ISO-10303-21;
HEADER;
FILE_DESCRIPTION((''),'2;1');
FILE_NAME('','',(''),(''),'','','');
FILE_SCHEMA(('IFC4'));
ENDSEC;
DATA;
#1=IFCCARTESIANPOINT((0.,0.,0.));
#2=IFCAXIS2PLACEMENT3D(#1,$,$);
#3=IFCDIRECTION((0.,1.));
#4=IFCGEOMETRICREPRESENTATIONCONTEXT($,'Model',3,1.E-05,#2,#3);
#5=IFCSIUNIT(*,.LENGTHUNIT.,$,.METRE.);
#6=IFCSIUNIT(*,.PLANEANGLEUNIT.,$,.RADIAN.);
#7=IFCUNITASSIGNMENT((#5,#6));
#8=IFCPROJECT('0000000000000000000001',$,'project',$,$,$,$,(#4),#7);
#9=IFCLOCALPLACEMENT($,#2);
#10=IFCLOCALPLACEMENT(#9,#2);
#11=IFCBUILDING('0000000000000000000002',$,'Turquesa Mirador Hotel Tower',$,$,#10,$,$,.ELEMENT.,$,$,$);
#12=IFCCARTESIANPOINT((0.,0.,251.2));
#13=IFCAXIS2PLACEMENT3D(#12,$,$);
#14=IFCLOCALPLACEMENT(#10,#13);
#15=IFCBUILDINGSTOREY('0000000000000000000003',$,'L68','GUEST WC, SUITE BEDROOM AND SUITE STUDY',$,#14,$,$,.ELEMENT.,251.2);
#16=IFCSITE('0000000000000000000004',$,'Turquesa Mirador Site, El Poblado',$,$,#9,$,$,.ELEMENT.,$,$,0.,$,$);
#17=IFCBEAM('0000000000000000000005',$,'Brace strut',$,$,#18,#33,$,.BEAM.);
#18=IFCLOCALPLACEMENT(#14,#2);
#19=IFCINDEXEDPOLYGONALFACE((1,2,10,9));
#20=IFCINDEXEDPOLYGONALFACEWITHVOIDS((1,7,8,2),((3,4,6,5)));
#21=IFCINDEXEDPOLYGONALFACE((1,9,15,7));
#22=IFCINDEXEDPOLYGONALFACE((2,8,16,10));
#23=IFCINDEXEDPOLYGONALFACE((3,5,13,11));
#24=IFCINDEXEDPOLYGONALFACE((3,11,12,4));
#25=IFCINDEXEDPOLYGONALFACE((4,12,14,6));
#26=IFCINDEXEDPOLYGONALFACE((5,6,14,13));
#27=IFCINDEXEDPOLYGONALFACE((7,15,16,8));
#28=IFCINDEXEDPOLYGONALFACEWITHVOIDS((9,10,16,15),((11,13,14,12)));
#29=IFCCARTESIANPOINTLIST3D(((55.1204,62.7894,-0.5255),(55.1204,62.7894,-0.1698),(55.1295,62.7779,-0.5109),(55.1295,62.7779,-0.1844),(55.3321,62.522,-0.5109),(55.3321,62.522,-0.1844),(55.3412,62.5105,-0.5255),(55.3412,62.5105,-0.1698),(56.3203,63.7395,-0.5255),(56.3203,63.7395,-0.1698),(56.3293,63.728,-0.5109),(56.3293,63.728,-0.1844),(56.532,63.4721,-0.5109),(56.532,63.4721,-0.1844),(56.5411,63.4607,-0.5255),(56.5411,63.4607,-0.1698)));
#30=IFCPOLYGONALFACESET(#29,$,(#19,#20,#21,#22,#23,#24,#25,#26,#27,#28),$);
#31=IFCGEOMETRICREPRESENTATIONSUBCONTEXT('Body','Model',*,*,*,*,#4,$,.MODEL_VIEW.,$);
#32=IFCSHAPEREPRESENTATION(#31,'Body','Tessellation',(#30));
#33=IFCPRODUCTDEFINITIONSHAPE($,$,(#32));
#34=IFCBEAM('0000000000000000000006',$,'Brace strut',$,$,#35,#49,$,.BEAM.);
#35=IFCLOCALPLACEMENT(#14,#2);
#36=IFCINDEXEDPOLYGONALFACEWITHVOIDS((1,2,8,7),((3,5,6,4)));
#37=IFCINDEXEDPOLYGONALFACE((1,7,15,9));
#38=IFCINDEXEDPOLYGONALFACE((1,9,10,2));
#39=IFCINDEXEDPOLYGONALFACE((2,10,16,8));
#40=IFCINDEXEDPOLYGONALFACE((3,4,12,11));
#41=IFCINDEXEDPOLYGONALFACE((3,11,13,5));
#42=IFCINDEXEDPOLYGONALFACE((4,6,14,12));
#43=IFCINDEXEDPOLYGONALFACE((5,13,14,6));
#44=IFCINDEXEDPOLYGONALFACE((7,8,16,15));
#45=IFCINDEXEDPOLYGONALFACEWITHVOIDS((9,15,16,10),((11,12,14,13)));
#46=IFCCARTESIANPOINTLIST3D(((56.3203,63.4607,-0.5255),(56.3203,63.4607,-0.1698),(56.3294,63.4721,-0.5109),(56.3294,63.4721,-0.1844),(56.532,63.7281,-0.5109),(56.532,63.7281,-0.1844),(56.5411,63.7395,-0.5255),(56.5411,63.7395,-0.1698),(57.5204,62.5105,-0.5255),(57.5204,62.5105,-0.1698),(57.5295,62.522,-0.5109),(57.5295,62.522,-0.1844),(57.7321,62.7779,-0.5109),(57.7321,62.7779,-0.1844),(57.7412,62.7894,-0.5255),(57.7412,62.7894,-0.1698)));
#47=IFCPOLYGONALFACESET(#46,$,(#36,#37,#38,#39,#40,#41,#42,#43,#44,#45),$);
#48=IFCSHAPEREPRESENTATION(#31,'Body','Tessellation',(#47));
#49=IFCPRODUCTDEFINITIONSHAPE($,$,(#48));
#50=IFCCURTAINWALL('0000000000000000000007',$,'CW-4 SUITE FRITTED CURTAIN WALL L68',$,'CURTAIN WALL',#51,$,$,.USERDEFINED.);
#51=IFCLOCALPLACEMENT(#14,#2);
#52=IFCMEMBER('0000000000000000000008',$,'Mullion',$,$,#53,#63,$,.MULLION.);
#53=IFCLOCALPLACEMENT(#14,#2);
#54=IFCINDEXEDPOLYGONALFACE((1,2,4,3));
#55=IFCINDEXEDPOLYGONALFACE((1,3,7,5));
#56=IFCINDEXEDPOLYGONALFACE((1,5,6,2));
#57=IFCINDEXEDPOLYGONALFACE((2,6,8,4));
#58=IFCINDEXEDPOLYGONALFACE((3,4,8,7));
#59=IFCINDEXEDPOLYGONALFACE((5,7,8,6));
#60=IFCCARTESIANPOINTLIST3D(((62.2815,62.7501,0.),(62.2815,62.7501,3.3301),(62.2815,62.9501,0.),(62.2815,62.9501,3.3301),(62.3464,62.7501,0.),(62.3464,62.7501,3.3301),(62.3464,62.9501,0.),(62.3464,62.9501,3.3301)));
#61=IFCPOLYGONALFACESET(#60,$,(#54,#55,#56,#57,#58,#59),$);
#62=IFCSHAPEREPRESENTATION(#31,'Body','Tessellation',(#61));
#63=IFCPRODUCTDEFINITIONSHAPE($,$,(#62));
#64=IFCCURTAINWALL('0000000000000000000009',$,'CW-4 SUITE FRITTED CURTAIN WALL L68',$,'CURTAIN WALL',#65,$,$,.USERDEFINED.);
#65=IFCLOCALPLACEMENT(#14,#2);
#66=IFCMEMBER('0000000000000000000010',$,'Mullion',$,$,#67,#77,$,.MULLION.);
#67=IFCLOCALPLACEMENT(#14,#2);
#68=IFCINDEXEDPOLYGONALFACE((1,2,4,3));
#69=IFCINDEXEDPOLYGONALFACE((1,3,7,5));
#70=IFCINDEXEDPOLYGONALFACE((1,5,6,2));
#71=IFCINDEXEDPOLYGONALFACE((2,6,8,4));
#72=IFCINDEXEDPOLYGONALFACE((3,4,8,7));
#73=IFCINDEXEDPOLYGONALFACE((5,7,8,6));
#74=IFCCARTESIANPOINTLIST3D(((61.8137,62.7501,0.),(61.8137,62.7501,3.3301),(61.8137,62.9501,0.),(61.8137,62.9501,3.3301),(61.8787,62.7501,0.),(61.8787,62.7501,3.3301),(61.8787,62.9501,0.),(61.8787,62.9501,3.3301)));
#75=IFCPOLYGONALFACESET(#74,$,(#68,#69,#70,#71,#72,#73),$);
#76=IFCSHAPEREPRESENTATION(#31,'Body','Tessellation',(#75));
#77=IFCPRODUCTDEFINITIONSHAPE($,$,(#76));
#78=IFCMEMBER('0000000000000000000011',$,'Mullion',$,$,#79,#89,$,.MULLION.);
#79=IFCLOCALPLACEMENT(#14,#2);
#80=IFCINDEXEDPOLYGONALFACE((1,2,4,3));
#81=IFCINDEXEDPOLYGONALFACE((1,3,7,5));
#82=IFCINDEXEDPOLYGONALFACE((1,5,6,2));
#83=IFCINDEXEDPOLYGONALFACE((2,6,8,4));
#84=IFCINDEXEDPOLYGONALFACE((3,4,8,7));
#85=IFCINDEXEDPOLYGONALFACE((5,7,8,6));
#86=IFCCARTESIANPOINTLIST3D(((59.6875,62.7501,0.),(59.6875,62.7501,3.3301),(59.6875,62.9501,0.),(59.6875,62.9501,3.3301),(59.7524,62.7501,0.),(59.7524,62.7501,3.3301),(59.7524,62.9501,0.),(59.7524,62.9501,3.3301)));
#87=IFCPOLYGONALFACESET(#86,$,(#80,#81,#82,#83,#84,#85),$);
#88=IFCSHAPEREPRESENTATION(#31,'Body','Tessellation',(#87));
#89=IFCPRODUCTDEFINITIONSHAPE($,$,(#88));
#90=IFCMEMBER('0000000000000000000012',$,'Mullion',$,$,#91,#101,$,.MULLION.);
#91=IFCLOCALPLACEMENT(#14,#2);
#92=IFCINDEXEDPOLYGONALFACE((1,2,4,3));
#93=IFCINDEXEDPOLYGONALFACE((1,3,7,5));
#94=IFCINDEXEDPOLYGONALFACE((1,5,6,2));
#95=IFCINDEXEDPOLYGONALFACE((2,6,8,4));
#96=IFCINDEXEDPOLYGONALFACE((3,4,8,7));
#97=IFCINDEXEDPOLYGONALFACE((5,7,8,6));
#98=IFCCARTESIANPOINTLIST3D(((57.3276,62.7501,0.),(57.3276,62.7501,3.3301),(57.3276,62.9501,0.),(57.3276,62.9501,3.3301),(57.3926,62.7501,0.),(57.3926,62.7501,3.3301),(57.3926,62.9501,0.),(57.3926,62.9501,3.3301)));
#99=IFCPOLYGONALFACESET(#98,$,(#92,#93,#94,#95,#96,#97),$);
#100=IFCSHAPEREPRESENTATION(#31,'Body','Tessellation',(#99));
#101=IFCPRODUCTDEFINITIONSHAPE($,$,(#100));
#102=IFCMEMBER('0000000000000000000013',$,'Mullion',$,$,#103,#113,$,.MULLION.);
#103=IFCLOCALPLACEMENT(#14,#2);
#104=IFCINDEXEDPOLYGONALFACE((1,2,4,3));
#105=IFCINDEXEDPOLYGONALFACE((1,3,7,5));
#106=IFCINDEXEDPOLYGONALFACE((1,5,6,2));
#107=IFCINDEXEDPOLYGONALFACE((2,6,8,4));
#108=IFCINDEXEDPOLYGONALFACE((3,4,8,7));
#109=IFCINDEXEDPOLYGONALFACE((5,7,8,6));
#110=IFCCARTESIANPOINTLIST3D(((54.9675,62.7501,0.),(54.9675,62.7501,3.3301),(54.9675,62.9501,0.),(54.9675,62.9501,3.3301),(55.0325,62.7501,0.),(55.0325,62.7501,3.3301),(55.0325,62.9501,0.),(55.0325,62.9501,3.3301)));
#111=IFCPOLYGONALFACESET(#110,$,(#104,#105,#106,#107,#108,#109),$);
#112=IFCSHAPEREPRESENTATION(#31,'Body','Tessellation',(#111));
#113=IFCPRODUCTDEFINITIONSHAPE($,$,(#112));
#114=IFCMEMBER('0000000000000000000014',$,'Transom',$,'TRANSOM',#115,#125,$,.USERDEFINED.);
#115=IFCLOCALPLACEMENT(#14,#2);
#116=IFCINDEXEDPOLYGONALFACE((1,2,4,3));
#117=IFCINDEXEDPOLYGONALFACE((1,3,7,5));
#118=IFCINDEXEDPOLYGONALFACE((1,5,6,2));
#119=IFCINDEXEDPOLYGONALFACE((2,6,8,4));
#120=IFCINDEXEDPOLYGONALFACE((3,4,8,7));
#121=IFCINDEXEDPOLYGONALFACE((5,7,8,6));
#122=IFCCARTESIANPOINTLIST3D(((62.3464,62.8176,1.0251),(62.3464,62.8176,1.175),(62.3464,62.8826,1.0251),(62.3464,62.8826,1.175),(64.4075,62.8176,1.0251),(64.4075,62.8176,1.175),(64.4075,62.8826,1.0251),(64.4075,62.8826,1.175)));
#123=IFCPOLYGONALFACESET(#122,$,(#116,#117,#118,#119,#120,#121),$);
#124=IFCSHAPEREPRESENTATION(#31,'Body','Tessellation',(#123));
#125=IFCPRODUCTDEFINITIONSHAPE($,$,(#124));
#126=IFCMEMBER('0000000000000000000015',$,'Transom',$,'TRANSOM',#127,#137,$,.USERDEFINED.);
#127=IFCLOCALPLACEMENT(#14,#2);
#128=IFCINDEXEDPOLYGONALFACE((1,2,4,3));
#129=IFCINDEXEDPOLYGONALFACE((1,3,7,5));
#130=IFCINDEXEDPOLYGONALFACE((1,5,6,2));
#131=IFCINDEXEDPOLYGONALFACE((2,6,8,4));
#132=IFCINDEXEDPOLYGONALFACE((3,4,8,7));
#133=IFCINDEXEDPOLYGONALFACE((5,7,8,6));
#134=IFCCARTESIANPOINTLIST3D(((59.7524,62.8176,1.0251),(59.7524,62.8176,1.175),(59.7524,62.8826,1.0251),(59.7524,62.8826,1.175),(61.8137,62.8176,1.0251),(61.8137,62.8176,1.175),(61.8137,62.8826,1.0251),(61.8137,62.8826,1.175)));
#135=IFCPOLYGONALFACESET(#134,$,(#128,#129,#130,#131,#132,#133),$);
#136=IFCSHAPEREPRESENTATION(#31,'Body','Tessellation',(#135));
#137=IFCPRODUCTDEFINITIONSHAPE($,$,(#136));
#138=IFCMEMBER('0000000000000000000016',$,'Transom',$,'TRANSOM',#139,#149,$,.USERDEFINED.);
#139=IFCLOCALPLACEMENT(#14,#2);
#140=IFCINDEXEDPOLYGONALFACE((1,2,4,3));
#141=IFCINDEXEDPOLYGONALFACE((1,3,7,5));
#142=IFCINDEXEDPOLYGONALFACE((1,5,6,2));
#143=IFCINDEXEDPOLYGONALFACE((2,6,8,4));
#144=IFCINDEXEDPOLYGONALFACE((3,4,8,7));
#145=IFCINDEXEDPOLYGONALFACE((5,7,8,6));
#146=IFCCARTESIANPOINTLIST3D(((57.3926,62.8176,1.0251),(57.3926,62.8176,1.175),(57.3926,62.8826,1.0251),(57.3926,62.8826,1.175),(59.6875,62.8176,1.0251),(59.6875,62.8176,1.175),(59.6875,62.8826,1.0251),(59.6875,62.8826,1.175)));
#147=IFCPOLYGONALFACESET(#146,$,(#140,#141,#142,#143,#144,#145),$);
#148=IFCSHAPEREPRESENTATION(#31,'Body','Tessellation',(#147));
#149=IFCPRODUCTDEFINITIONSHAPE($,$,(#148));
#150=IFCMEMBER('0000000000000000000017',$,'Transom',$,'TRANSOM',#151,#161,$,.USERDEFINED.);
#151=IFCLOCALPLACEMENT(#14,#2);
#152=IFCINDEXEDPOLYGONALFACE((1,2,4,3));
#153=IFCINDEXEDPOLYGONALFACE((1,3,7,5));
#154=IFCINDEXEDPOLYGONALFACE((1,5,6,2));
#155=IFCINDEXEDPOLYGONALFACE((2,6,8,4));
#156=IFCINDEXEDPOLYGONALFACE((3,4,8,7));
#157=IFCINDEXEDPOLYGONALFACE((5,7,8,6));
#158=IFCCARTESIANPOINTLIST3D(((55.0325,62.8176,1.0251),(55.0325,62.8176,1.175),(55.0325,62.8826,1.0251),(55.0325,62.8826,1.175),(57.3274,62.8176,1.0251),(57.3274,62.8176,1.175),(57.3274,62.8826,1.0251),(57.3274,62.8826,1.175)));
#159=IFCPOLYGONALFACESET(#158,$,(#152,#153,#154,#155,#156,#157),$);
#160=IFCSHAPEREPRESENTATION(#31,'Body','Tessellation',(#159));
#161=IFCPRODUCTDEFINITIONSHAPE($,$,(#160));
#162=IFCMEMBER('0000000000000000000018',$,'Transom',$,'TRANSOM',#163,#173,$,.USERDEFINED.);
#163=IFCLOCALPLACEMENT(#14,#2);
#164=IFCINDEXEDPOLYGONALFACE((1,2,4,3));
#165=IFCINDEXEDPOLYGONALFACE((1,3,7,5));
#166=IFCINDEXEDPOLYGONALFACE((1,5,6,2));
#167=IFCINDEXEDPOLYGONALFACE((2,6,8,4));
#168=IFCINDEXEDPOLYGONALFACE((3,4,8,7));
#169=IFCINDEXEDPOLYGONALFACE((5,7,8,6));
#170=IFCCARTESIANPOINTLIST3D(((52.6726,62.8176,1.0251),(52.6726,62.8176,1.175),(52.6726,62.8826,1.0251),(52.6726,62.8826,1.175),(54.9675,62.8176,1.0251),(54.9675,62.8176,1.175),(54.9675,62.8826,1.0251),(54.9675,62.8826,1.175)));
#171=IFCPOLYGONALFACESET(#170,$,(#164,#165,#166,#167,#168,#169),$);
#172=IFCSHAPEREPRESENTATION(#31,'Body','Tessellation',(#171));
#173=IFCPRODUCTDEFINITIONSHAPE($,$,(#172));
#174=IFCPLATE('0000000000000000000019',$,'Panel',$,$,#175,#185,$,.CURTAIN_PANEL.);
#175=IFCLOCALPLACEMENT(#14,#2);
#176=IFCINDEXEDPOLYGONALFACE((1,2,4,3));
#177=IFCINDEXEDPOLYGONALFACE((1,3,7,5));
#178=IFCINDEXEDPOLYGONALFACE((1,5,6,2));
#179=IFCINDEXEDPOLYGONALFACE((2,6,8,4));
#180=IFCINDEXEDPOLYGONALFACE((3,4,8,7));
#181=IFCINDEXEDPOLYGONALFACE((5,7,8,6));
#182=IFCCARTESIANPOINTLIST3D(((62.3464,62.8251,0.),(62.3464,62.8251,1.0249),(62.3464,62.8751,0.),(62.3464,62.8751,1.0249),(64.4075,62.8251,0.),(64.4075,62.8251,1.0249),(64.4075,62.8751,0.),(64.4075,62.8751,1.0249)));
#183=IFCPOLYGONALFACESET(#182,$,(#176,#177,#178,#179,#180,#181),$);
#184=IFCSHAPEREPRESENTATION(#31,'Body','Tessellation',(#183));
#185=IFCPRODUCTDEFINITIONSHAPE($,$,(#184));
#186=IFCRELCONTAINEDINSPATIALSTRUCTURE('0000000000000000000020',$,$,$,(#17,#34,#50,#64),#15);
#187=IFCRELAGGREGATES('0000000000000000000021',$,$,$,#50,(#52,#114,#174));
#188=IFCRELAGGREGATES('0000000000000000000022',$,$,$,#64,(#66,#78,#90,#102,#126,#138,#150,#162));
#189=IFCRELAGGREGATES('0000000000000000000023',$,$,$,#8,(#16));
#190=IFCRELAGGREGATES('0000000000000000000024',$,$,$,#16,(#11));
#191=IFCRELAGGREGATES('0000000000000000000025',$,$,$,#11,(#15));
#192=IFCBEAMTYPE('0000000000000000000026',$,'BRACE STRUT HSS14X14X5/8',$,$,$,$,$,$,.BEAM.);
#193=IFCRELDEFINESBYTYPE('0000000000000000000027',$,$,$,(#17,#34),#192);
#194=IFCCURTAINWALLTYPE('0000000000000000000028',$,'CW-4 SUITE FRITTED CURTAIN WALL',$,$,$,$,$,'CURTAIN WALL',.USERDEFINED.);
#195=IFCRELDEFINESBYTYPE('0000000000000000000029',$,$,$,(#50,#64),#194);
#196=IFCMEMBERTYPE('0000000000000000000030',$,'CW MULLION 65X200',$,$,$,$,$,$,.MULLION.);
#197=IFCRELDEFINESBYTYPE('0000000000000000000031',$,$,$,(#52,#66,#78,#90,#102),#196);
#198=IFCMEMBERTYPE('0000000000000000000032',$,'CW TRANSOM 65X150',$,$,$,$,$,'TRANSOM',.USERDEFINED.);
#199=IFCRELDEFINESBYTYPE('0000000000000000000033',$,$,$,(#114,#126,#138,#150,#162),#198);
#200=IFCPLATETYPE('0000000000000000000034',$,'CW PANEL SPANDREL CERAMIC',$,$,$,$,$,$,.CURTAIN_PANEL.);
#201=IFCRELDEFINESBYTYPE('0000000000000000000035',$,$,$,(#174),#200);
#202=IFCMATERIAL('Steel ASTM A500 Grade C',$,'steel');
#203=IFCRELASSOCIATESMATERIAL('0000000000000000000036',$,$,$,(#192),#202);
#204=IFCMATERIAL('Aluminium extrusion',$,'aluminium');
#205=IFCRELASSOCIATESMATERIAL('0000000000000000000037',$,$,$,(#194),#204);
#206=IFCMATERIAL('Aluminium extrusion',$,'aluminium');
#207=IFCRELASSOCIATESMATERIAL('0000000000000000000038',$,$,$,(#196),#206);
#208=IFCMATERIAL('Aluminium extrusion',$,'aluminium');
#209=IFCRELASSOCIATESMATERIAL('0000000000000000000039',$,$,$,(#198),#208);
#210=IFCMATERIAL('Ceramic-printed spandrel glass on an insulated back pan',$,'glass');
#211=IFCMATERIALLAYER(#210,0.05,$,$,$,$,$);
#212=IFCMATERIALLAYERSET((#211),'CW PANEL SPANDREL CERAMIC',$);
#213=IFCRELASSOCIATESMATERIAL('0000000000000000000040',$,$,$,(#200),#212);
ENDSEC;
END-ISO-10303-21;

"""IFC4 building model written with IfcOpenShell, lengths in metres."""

from ifc_helpers import new_model, si_unit, direction, frame, origin, origin_2d, place, context, subcontext, project, spatial, rectangle, hollow_rectangle, extrude, material, layer, layer_set, material_profile, profile_set, type_object, element, aggregate, save


model = new_model("IFC4")

# Units and contexts
model_context = context("Model", 3, precision=1e-05, world=origin(), true_north=direction((0.0, 1.0)))
body_context = subcontext(model_context, "Body", "Model", "MODEL_VIEW")
ifc_project = project(units=[si_unit("LENGTHUNIT", "METRE"), si_unit("PLANEANGLEUNIT", "RADIAN")], contexts=[model_context])

# Site, building, storey
site_placement = place(None, origin())
site = spatial("IfcSite", under=ifc_project, at=site_placement, Name="Turquesa Mirador Site, El Poblado", CompositionType="ELEMENT", RefElevation=0.0)
building_placement = place(site_placement, origin())
building = spatial("IfcBuilding", under=site, at=building_placement, Name="Turquesa Mirador Hotel Tower", CompositionType="ELEMENT")
storey_placement = place(building_placement, frame((0.0, 0.0, 251.2)))
storey = spatial("IfcBuildingStorey", under=building, at=storey_placement, Name="L68", Description="GUEST WC, SUITE BEDROOM AND SUITE STUDY", CompositionType="ELEMENT", Elevation=251.2)

# Beams
ifc_material_1 = material(Name="Steel ASTM A500 Grade C", Category="steel")
ifc_material_profile_1 = material_profile(ifc_material_1, hollow_rectangle(XDim=0.3557, YDim=0.3557, WallThickness=0.0146, at=origin_2d()), Name="HSS14X14X5/8")
ifc_profile_set_1 = profile_set([ifc_material_profile_1], Name="Steel ASTM A500 Grade C")
beam_type_1 = type_object("IfcBeamType", Name="BRACE STRUT HSS14X14X5/8", PredefinedType="BEAM", material=ifc_profile_set_1)
beam_1_placement = place(storey_placement, frame((56.4307, 63.6001, -0.3477), z_axis=(-0.783971, -0.620797, 0.0), x_axis=(0.620797, -0.783971, 0.0)))
element("IfcBeam", 1, at=beam_1_placement, inside=storey, type_object=beam_type_1, Name="Brace strut", PredefinedType="BEAM", context=body_context, shape_type="SweptSolid", body=[
    extrude(hollow_rectangle(XDim=0.3557, YDim=0.3557, WallThickness=0.0146, at=origin_2d()), origin(), (0.0, 0.0, 1.0), 1.5305),
])
beam_2_placement = place(storey_placement, frame((56.4307, 63.6001, -0.3477), z_axis=(0.784033, -0.620719, 0.0), x_axis=(0.620719, 0.784033, 0.0)))
element("IfcBeam", 2, at=beam_2_placement, inside=storey, type_object=beam_type_1, Name="Brace strut", PredefinedType="BEAM", context=body_context, shape_type="SweptSolid", body=[
    extrude(hollow_rectangle(XDim=0.3557, YDim=0.3557, WallThickness=0.0146, at=origin_2d()), origin(), (0.0, 0.0, 1.0), 1.5308),
])

# Curtain wall, member
ifc_material_2 = material(Name="Aluminium extrusion", Category="aluminium")
curtain_wall_type = type_object("IfcCurtainWallType", Name="CW-4 SUITE FRITTED CURTAIN WALL", ElementType="CURTAIN WALL", PredefinedType="USERDEFINED", material=ifc_material_2)
curtain_wall_1_placement = place(storey_placement, origin())
curtain_wall_1 = element("IfcCurtainWall", 3, at=curtain_wall_1_placement, inside=storey, type_object=curtain_wall_type, Name="CW-4 SUITE FRITTED CURTAIN WALL L68", ObjectType="CURTAIN WALL", PredefinedType="USERDEFINED")
ifc_material_3 = material(Name="Aluminium extrusion", Category="aluminium")
ifc_material_profile_2 = material_profile(ifc_material_3, rectangle(XDim=0.0649, YDim=0.2, at=origin_2d()), Name="MULLION 65X200")
ifc_profile_set_2 = profile_set([ifc_material_profile_2], Name="Aluminium extrusion")
member_type_1 = type_object("IfcMemberType", Name="CW MULLION 65X200", PredefinedType="MULLION", material=ifc_profile_set_2)
member_1_placement = place(storey_placement, frame((62.314, 62.8501, 0.0), z_axis=(0.0, 0.0, 1.0), x_axis=(-1.0, 0.0, 0.0)))
member_1 = element("IfcMember", 4, at=member_1_placement, type_object=member_type_1, Name="Mullion", PredefinedType="MULLION", context=body_context, shape_type="SweptSolid", body=[
    extrude(rectangle(XDim=0.0649, YDim=0.2, at=origin_2d()), origin(), (0.0, 0.0, 1.0), 3.3301),
])

# Curtain wall, members
curtain_wall_2_placement = place(storey_placement, origin())
curtain_wall_2 = element("IfcCurtainWall", 5, at=curtain_wall_2_placement, inside=storey, type_object=curtain_wall_type, Name="CW-4 SUITE FRITTED CURTAIN WALL L68", ObjectType="CURTAIN WALL", PredefinedType="USERDEFINED")
member_2_placement = place(storey_placement, frame((61.8462, 62.8501, 0.0), z_axis=(0.0, 0.0, 1.0), x_axis=(-1.0, 0.0, 0.0)))
member_2 = element("IfcMember", 6, at=member_2_placement, type_object=member_type_1, Name="Mullion", PredefinedType="MULLION", context=body_context, shape_type="SweptSolid", body=[
    extrude(rectangle(XDim=0.0649, YDim=0.2, at=origin_2d()), origin(), (0.0, 0.0, 1.0), 3.3301),
])
member_3_placement = place(storey_placement, frame((59.72, 62.8501, 0.0), z_axis=(0.0, 0.0, 1.0), x_axis=(-1.0, 0.0, 0.0)))
member_3 = element("IfcMember", 7, at=member_3_placement, type_object=member_type_1, Name="Mullion", PredefinedType="MULLION", context=body_context, shape_type="SweptSolid", body=[
    extrude(rectangle(XDim=0.0649, YDim=0.2, at=origin_2d()), origin(), (0.0, 0.0, 1.0), 3.3301),
])
member_4_placement = place(storey_placement, frame((57.3601, 62.8501, 0.0), z_axis=(0.0, 0.0, 1.0), x_axis=(-1.0, 0.0, 0.0)))
member_4 = element("IfcMember", 8, at=member_4_placement, type_object=member_type_1, Name="Mullion", PredefinedType="MULLION", context=body_context, shape_type="SweptSolid", body=[
    extrude(rectangle(XDim=0.0649, YDim=0.2, at=origin_2d()), origin(), (0.0, 0.0, 1.0), 3.3301),
])
member_5_placement = place(storey_placement, frame((55.0, 62.8501, 0.0), z_axis=(0.0, 0.0, 1.0), x_axis=(-1.0, 0.0, 0.0)))
member_5 = element("IfcMember", 9, at=member_5_placement, type_object=member_type_1, Name="Mullion", PredefinedType="MULLION", context=body_context, shape_type="SweptSolid", body=[
    extrude(rectangle(XDim=0.0649, YDim=0.2, at=origin_2d()), origin(), (0.0, 0.0, 1.0), 3.3301),
])

# Members
ifc_material_4 = material(Name="Aluminium extrusion", Category="aluminium")
ifc_material_profile_3 = material_profile(ifc_material_4, rectangle(XDim=0.0649, YDim=0.1499, at=origin_2d()), Name="TRANSOM 65X150")
ifc_profile_set_3 = profile_set([ifc_material_profile_3], Name="Aluminium extrusion")
member_type_2 = type_object("IfcMemberType", Name="CW TRANSOM 65X150", ElementType="TRANSOM", PredefinedType="USERDEFINED", material=ifc_profile_set_3)
member_6_placement = place(storey_placement, frame((64.4075, 62.8501, 1.1001), z_axis=(-1.0, 0.0, 0.0), x_axis=(0.0, -1.0, 0.0)))
member_6 = element("IfcMember", 10, at=member_6_placement, type_object=member_type_2, Name="Transom", ObjectType="TRANSOM", PredefinedType="USERDEFINED", context=body_context, shape_type="SweptSolid", body=[
    extrude(rectangle(XDim=0.0649, YDim=0.1499, at=origin_2d()), origin(), (0.0, 0.0, 1.0), 2.061),
])
member_7_placement = place(storey_placement, frame((61.8137, 62.8501, 1.1001), z_axis=(-1.0, 0.0, 0.0), x_axis=(0.0, -1.0, 0.0)))
member_7 = element("IfcMember", 11, at=member_7_placement, type_object=member_type_2, Name="Transom", ObjectType="TRANSOM", PredefinedType="USERDEFINED", context=body_context, shape_type="SweptSolid", body=[
    extrude(rectangle(XDim=0.0649, YDim=0.1499, at=origin_2d()), origin(), (0.0, 0.0, 1.0), 2.0613),
])
member_8_placement = place(storey_placement, frame((59.6875, 62.8501, 1.1001), z_axis=(-1.0, 0.0, 0.0), x_axis=(0.0, -1.0, 0.0)))
member_8 = element("IfcMember", 12, at=member_8_placement, type_object=member_type_2, Name="Transom", ObjectType="TRANSOM", PredefinedType="USERDEFINED", context=body_context, shape_type="SweptSolid", body=[
    extrude(rectangle(XDim=0.0649, YDim=0.1499, at=origin_2d()), origin(), (0.0, 0.0, 1.0), 2.2949),
])
member_9_placement = place(storey_placement, frame((57.3274, 62.8501, 1.1001), z_axis=(-1.0, 0.0, 0.0), x_axis=(0.0, -1.0, 0.0)))
member_9 = element("IfcMember", 13, at=member_9_placement, type_object=member_type_2, Name="Transom", ObjectType="TRANSOM", PredefinedType="USERDEFINED", context=body_context, shape_type="SweptSolid", body=[
    extrude(rectangle(XDim=0.0649, YDim=0.1499, at=origin_2d()), origin(), (0.0, 0.0, 1.0), 2.2949),
])
member_10_placement = place(storey_placement, frame((54.9675, 62.8501, 1.1001), z_axis=(-1.0, 0.0, 0.0), x_axis=(0.0, -1.0, 0.0)))
member_10 = element("IfcMember", 14, at=member_10_placement, type_object=member_type_2, Name="Transom", ObjectType="TRANSOM", PredefinedType="USERDEFINED", context=body_context, shape_type="SweptSolid", body=[
    extrude(rectangle(XDim=0.0649, YDim=0.1499, at=origin_2d()), origin(), (0.0, 0.0, 1.0), 2.2949),
])

# Plate
ifc_material_5 = material(Name="Ceramic-printed spandrel glass on an insulated back pan", Category="glass")
ifc_layer_1 = layer(ifc_material_5, 0.05)
ifc_layer_set_1 = layer_set([ifc_layer_1], Name="CW PANEL SPANDREL CERAMIC")
plate_type_1 = type_object("IfcPlateType", Name="CW PANEL SPANDREL CERAMIC", PredefinedType="CURTAIN_PANEL", material=ifc_layer_set_1)
plate_1_placement = place(storey_placement, frame((63.377, 62.8501, 0.0), z_axis=(0.0, 0.0, 1.0), x_axis=(-1.0, 0.0, 0.0)))
plate_1 = element("IfcPlate", 15, at=plate_1_placement, type_object=plate_type_1, Name="Panel", PredefinedType="CURTAIN_PANEL", context=body_context, shape_type="SweptSolid", body=[
    extrude(rectangle(XDim=2.061, YDim=0.05, at=origin_2d()), origin(), (0.0, 0.0, 1.0), 1.0249),
])
aggregate(curtain_wall_1, [member_1, member_6, plate_1])
aggregate(curtain_wall_2, [member_2, member_3, member_4, member_5, member_7, member_8, member_9, member_10])

save(model, "model.ifc")
